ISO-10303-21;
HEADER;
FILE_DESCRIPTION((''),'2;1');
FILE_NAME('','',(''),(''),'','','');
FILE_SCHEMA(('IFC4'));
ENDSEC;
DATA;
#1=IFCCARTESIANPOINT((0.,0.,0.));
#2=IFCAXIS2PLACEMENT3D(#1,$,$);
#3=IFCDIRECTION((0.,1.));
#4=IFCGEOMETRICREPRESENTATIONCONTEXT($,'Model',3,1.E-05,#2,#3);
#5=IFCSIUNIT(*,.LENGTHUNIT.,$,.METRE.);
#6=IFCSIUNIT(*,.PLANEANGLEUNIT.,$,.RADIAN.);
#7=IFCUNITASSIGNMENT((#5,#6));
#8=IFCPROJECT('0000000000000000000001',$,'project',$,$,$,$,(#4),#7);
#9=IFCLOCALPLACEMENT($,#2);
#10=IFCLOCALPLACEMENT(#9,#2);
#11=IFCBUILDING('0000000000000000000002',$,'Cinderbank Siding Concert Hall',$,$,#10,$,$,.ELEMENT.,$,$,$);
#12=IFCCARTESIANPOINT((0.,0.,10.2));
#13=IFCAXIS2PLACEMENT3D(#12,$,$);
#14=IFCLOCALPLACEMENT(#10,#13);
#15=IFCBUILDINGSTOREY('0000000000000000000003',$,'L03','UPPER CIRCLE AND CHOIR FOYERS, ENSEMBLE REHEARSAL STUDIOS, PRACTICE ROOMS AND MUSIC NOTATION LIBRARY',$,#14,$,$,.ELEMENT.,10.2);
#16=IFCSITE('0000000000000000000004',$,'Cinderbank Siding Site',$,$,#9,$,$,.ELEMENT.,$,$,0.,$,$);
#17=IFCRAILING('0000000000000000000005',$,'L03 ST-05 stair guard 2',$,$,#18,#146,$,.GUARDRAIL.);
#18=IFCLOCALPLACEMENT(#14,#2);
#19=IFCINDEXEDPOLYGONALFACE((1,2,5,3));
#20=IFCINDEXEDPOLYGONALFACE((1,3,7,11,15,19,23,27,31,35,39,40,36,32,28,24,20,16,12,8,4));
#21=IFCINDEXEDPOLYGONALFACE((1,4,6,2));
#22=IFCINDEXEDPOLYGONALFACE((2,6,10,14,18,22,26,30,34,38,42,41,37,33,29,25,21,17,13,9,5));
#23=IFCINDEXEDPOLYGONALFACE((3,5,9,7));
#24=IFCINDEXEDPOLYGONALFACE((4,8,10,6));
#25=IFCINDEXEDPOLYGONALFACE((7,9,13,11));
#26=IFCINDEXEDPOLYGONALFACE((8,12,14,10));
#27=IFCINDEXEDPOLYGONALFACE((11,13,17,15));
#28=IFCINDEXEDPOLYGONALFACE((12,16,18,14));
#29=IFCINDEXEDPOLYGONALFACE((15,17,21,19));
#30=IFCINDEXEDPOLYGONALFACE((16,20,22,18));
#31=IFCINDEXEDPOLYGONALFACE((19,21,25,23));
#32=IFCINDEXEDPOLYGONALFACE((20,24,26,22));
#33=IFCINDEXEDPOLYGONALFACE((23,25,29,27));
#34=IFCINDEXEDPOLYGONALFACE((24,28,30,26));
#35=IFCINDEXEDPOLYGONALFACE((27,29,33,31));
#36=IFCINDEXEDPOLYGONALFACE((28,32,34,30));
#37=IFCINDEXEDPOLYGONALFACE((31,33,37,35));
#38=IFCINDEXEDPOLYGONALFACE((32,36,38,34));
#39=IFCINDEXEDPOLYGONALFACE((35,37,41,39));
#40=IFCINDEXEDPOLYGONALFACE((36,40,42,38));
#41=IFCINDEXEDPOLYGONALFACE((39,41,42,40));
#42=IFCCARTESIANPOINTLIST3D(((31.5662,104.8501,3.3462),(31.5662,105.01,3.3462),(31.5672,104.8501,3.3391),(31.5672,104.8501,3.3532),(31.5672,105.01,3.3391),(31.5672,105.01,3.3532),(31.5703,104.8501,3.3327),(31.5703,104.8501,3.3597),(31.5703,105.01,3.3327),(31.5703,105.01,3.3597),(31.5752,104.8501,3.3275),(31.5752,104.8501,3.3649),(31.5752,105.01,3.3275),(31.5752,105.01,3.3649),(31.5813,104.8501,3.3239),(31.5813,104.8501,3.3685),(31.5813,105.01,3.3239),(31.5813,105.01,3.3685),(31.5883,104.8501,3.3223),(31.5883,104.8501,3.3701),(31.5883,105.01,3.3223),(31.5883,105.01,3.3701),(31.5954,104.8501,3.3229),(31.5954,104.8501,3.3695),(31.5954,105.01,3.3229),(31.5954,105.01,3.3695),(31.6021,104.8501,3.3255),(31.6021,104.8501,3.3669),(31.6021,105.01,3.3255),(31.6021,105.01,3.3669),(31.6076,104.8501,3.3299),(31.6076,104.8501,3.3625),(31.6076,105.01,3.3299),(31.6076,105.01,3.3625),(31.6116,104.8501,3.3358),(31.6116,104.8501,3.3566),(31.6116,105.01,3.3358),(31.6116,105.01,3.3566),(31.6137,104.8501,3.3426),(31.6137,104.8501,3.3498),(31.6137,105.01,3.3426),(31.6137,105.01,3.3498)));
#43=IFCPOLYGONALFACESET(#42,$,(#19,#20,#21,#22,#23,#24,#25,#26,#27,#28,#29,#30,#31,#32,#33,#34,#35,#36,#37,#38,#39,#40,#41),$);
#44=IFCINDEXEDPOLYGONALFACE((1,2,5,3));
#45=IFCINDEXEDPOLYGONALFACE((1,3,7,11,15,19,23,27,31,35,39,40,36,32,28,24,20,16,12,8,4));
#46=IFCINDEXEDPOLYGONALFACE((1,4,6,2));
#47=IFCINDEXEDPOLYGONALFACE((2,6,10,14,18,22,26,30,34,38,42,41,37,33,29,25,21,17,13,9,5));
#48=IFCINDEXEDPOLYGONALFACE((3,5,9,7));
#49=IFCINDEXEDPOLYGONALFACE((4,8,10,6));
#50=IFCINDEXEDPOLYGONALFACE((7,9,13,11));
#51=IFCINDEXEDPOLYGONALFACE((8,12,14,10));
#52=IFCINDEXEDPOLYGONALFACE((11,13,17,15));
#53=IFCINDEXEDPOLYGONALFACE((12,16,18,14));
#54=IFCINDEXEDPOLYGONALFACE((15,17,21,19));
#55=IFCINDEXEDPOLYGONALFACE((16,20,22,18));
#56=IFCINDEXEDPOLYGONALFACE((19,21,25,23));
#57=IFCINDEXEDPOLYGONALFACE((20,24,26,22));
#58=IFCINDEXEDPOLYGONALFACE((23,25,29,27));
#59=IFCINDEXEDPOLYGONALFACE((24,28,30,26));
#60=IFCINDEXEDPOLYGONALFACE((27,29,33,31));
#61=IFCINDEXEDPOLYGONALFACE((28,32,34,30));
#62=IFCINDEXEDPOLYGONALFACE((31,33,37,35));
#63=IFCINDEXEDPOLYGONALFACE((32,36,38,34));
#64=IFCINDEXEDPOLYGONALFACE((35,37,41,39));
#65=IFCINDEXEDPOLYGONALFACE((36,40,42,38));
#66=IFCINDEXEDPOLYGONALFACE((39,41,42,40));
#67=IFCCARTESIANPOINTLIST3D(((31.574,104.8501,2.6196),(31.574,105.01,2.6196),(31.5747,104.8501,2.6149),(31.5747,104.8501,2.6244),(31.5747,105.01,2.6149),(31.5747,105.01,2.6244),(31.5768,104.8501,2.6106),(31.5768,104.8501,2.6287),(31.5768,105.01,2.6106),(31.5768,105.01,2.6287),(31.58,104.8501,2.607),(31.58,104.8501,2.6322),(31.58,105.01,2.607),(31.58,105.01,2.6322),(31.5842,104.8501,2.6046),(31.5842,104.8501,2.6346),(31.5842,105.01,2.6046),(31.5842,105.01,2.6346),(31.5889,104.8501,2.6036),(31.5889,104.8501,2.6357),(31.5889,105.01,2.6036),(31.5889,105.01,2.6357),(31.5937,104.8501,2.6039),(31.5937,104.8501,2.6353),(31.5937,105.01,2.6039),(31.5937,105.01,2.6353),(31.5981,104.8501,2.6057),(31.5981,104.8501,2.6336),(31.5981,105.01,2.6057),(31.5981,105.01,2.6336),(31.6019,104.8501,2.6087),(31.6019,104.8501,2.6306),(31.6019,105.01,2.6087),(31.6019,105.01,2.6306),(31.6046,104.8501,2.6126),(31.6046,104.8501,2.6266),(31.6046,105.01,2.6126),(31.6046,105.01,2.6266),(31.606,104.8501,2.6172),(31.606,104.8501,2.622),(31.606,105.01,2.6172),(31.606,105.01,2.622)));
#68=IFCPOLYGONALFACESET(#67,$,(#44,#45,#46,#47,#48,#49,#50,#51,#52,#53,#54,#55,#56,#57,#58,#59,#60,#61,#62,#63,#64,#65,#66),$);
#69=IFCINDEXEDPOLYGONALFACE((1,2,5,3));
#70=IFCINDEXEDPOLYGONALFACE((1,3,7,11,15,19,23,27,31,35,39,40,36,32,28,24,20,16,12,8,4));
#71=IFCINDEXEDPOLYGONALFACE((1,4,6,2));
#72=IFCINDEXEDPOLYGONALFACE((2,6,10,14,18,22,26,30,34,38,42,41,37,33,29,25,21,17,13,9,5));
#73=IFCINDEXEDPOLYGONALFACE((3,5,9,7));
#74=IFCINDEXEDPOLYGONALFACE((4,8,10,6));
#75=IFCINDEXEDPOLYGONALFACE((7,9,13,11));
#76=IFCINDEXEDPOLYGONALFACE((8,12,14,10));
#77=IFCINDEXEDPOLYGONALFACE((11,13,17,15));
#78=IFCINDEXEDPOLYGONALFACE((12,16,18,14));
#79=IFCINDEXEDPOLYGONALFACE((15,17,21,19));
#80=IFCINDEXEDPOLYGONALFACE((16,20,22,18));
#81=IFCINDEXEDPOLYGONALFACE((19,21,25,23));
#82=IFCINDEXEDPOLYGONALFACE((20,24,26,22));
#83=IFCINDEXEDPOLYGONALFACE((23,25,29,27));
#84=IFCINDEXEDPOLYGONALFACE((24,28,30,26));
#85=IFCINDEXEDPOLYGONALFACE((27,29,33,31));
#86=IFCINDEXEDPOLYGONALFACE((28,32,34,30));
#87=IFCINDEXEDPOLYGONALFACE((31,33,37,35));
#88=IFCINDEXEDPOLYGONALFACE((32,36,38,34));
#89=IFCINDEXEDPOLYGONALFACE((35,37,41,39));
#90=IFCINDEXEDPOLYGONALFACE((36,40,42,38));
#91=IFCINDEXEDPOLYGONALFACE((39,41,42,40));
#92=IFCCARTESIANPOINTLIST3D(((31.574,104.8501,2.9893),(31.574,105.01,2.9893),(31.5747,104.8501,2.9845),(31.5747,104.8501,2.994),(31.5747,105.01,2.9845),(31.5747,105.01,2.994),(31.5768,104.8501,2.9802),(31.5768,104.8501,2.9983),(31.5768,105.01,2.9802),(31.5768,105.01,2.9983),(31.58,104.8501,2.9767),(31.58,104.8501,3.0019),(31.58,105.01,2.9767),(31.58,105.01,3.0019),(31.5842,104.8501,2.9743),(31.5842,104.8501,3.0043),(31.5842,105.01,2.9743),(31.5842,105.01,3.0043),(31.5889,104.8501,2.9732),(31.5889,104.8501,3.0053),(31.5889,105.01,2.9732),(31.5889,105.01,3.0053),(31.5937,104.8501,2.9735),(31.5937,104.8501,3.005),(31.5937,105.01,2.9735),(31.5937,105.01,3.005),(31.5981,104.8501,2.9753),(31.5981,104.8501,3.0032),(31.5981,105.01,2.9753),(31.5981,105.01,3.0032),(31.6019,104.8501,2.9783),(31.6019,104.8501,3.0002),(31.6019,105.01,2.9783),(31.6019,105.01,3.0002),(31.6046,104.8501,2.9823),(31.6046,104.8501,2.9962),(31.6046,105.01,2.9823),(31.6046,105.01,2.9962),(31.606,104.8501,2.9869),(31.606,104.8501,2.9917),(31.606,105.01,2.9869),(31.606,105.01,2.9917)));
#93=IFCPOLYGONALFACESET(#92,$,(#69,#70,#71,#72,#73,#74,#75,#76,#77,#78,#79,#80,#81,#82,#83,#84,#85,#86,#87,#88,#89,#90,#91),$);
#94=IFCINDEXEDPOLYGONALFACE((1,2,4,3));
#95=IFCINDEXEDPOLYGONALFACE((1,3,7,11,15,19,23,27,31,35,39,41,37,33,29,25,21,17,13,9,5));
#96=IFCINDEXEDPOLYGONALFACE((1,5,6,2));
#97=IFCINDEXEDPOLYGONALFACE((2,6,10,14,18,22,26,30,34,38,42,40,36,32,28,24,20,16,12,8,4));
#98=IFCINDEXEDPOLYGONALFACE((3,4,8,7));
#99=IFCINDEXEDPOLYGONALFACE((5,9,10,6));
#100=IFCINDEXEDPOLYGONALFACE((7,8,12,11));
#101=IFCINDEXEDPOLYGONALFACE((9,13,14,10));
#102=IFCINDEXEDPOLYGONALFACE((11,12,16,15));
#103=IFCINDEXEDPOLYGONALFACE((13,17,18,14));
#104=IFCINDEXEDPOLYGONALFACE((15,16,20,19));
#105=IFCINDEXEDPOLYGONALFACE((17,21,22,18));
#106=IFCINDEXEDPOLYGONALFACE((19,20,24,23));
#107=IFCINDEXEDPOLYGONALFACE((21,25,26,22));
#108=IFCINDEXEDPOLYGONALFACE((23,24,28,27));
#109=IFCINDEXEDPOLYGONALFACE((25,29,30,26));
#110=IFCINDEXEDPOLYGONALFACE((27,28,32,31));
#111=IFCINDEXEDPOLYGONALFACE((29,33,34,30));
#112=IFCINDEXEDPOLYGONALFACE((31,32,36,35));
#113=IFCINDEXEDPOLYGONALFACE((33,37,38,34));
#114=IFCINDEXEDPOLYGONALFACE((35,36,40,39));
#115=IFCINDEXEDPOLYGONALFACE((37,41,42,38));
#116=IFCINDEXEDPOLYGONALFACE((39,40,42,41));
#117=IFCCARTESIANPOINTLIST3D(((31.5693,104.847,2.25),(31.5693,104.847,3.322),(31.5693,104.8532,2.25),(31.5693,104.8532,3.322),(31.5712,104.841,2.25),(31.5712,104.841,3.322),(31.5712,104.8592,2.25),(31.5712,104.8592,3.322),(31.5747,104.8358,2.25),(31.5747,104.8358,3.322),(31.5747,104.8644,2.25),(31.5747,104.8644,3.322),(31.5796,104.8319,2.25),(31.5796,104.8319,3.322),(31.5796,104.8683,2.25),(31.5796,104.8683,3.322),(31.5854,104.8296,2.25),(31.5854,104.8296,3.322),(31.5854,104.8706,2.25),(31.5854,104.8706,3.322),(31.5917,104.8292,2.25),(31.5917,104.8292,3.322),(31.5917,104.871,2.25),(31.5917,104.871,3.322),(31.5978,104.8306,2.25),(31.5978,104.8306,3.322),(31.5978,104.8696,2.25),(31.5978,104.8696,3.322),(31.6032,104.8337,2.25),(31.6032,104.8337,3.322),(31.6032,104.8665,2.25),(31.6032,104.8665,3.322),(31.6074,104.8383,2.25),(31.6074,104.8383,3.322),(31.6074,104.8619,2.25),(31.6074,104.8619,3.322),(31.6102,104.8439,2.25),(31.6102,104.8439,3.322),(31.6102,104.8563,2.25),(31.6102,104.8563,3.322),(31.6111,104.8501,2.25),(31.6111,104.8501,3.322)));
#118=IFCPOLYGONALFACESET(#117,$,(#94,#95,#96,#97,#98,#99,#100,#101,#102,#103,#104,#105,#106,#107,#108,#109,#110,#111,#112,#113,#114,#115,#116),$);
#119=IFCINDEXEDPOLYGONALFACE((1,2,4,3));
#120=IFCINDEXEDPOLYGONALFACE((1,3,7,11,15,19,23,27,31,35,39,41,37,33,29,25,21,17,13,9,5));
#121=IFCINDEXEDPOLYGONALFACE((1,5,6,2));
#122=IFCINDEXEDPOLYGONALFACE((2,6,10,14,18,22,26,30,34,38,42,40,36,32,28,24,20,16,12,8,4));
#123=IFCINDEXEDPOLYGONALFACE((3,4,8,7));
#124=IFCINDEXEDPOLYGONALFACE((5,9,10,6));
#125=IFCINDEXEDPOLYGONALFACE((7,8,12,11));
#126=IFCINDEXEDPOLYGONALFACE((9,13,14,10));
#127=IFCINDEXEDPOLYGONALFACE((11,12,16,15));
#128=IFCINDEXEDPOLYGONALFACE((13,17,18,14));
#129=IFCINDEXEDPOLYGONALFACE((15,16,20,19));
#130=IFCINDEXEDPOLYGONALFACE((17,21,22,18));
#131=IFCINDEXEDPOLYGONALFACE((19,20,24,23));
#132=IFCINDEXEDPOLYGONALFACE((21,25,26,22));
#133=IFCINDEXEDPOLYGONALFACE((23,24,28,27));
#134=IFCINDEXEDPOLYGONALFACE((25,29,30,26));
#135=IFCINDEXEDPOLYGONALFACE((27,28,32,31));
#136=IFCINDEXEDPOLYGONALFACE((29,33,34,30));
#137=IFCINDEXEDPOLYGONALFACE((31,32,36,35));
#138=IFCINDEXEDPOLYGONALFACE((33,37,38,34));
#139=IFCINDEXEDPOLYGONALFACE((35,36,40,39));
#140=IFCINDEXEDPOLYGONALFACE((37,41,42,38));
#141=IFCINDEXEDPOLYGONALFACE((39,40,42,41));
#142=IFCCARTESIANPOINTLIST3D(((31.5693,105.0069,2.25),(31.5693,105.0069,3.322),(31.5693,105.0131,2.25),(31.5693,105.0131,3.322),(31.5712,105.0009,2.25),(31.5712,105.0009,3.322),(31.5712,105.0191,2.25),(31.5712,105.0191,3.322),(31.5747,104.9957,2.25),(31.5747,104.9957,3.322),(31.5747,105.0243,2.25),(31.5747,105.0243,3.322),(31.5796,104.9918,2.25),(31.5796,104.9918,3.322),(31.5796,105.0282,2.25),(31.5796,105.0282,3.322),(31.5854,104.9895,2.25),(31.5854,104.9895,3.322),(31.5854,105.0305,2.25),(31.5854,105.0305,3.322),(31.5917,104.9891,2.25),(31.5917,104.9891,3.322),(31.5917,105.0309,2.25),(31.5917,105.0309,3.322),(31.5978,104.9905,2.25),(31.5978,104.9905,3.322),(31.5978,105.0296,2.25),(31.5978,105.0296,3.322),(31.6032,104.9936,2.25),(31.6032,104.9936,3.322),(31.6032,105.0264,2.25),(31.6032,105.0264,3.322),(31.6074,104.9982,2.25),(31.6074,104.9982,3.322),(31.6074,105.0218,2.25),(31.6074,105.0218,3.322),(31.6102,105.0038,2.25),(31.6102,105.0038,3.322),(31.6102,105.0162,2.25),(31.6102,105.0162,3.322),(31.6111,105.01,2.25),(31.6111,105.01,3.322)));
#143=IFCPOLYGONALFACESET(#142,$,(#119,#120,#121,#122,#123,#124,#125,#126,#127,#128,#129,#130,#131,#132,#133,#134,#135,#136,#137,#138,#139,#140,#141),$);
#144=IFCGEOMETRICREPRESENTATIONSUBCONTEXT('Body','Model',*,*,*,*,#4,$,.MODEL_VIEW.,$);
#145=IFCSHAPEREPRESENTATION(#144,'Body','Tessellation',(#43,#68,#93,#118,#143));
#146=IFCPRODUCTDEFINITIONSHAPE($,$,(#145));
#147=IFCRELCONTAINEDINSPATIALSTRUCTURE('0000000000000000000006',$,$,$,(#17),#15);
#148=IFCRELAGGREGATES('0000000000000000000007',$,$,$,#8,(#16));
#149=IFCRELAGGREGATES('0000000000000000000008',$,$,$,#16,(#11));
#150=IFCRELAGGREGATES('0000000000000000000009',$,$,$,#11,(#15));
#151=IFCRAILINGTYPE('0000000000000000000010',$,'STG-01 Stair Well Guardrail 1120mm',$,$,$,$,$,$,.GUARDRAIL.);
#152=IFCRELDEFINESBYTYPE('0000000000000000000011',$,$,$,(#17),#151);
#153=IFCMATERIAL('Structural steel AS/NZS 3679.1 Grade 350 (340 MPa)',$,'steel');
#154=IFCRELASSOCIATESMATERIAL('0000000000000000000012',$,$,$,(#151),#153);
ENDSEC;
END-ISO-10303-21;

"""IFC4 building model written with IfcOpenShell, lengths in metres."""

from ifc_helpers import new_model, si_unit, direction, frame, origin, origin_2d, place, context, subcontext, project, spatial, circle, extrude, material, type_object, element, save


model = new_model("IFC4")

# Units and contexts
model_context = context("Model", 3, precision=1e-05, world=origin(), true_north=direction((0.0, 1.0)))
body_context = subcontext(model_context, "Body", "Model", "MODEL_VIEW")
ifc_project = project(units=[si_unit("LENGTHUNIT", "METRE"), si_unit("PLANEANGLEUNIT", "RADIAN")], contexts=[model_context])

# Site, building, storey
site_placement = place(None, origin())
site = spatial("IfcSite", under=ifc_project, at=site_placement, Name="Cinderbank Siding Site", CompositionType="ELEMENT", RefElevation=0.0)
building_placement = place(site_placement, origin())
building = spatial("IfcBuilding", under=site, at=building_placement, Name="Cinderbank Siding Concert Hall", CompositionType="ELEMENT")
storey_placement = place(building_placement, frame((0.0, 0.0, 10.2)))
storey = spatial("IfcBuildingStorey", under=building, at=storey_placement, Name="L03", Description="UPPER CIRCLE AND CHOIR FOYERS, ENSEMBLE REHEARSAL STUDIOS, PRACTICE ROOMS AND MUSIC NOTATION LIBRARY", CompositionType="ELEMENT", Elevation=10.2)

# Shared definitions
ifc_material_1 = material(Name="Structural steel AS/NZS 3679.1 Grade 350 (340 MPa)", Category="steel")

# Railing
railing_type_1 = type_object("IfcRailingType", Name="STG-01 Stair Well Guardrail 1120mm", PredefinedType="GUARDRAIL", material=ifc_material_1)
for number, where, name in (
    (1, (31.5901, 104.8501, 2.25), "L03 ST-05 stair guard 2"),
):
    element("IfcRailing", number, at=place(storey_placement, frame(where)), inside=storey, type_object=railing_type_1, Name=name, PredefinedType="GUARDRAIL", context=body_context, shape_type="SweptSolid", body=[
        extrude(circle(Radius=0.0239, at=origin_2d()), frame((0.0, 0.0, 1.0962), z_axis=(0.0, 1.0, 0.0), x_axis=(-1.0, 0.0, 0.0)), (0.0, 0.0, 1.0), 0.1599),
        extrude(circle(Radius=0.0161, at=origin_2d()), frame((0.0, 0.0, 0.3696), z_axis=(0.0, 1.0, 0.0), x_axis=(-1.0, 0.0, 0.0)), (0.0, 0.0, 1.0), 0.1599),
        extrude(circle(Radius=0.0161, at=origin_2d()), frame((0.0, 0.0, 0.7393), z_axis=(0.0, 1.0, 0.0), x_axis=(-1.0, 0.0, 0.0)), (0.0, 0.0, 1.0), 0.1599),
        extrude(circle(Radius=0.021, at=origin_2d()), origin(), (0.0, 0.0, 1.0), 1.072),
        extrude(circle(Radius=0.021, at=origin_2d()), frame((0.0, 0.1599, 0.0)), (0.0, 0.0, 1.0), 1.072),
    ])

save(model, "model.ifc")
